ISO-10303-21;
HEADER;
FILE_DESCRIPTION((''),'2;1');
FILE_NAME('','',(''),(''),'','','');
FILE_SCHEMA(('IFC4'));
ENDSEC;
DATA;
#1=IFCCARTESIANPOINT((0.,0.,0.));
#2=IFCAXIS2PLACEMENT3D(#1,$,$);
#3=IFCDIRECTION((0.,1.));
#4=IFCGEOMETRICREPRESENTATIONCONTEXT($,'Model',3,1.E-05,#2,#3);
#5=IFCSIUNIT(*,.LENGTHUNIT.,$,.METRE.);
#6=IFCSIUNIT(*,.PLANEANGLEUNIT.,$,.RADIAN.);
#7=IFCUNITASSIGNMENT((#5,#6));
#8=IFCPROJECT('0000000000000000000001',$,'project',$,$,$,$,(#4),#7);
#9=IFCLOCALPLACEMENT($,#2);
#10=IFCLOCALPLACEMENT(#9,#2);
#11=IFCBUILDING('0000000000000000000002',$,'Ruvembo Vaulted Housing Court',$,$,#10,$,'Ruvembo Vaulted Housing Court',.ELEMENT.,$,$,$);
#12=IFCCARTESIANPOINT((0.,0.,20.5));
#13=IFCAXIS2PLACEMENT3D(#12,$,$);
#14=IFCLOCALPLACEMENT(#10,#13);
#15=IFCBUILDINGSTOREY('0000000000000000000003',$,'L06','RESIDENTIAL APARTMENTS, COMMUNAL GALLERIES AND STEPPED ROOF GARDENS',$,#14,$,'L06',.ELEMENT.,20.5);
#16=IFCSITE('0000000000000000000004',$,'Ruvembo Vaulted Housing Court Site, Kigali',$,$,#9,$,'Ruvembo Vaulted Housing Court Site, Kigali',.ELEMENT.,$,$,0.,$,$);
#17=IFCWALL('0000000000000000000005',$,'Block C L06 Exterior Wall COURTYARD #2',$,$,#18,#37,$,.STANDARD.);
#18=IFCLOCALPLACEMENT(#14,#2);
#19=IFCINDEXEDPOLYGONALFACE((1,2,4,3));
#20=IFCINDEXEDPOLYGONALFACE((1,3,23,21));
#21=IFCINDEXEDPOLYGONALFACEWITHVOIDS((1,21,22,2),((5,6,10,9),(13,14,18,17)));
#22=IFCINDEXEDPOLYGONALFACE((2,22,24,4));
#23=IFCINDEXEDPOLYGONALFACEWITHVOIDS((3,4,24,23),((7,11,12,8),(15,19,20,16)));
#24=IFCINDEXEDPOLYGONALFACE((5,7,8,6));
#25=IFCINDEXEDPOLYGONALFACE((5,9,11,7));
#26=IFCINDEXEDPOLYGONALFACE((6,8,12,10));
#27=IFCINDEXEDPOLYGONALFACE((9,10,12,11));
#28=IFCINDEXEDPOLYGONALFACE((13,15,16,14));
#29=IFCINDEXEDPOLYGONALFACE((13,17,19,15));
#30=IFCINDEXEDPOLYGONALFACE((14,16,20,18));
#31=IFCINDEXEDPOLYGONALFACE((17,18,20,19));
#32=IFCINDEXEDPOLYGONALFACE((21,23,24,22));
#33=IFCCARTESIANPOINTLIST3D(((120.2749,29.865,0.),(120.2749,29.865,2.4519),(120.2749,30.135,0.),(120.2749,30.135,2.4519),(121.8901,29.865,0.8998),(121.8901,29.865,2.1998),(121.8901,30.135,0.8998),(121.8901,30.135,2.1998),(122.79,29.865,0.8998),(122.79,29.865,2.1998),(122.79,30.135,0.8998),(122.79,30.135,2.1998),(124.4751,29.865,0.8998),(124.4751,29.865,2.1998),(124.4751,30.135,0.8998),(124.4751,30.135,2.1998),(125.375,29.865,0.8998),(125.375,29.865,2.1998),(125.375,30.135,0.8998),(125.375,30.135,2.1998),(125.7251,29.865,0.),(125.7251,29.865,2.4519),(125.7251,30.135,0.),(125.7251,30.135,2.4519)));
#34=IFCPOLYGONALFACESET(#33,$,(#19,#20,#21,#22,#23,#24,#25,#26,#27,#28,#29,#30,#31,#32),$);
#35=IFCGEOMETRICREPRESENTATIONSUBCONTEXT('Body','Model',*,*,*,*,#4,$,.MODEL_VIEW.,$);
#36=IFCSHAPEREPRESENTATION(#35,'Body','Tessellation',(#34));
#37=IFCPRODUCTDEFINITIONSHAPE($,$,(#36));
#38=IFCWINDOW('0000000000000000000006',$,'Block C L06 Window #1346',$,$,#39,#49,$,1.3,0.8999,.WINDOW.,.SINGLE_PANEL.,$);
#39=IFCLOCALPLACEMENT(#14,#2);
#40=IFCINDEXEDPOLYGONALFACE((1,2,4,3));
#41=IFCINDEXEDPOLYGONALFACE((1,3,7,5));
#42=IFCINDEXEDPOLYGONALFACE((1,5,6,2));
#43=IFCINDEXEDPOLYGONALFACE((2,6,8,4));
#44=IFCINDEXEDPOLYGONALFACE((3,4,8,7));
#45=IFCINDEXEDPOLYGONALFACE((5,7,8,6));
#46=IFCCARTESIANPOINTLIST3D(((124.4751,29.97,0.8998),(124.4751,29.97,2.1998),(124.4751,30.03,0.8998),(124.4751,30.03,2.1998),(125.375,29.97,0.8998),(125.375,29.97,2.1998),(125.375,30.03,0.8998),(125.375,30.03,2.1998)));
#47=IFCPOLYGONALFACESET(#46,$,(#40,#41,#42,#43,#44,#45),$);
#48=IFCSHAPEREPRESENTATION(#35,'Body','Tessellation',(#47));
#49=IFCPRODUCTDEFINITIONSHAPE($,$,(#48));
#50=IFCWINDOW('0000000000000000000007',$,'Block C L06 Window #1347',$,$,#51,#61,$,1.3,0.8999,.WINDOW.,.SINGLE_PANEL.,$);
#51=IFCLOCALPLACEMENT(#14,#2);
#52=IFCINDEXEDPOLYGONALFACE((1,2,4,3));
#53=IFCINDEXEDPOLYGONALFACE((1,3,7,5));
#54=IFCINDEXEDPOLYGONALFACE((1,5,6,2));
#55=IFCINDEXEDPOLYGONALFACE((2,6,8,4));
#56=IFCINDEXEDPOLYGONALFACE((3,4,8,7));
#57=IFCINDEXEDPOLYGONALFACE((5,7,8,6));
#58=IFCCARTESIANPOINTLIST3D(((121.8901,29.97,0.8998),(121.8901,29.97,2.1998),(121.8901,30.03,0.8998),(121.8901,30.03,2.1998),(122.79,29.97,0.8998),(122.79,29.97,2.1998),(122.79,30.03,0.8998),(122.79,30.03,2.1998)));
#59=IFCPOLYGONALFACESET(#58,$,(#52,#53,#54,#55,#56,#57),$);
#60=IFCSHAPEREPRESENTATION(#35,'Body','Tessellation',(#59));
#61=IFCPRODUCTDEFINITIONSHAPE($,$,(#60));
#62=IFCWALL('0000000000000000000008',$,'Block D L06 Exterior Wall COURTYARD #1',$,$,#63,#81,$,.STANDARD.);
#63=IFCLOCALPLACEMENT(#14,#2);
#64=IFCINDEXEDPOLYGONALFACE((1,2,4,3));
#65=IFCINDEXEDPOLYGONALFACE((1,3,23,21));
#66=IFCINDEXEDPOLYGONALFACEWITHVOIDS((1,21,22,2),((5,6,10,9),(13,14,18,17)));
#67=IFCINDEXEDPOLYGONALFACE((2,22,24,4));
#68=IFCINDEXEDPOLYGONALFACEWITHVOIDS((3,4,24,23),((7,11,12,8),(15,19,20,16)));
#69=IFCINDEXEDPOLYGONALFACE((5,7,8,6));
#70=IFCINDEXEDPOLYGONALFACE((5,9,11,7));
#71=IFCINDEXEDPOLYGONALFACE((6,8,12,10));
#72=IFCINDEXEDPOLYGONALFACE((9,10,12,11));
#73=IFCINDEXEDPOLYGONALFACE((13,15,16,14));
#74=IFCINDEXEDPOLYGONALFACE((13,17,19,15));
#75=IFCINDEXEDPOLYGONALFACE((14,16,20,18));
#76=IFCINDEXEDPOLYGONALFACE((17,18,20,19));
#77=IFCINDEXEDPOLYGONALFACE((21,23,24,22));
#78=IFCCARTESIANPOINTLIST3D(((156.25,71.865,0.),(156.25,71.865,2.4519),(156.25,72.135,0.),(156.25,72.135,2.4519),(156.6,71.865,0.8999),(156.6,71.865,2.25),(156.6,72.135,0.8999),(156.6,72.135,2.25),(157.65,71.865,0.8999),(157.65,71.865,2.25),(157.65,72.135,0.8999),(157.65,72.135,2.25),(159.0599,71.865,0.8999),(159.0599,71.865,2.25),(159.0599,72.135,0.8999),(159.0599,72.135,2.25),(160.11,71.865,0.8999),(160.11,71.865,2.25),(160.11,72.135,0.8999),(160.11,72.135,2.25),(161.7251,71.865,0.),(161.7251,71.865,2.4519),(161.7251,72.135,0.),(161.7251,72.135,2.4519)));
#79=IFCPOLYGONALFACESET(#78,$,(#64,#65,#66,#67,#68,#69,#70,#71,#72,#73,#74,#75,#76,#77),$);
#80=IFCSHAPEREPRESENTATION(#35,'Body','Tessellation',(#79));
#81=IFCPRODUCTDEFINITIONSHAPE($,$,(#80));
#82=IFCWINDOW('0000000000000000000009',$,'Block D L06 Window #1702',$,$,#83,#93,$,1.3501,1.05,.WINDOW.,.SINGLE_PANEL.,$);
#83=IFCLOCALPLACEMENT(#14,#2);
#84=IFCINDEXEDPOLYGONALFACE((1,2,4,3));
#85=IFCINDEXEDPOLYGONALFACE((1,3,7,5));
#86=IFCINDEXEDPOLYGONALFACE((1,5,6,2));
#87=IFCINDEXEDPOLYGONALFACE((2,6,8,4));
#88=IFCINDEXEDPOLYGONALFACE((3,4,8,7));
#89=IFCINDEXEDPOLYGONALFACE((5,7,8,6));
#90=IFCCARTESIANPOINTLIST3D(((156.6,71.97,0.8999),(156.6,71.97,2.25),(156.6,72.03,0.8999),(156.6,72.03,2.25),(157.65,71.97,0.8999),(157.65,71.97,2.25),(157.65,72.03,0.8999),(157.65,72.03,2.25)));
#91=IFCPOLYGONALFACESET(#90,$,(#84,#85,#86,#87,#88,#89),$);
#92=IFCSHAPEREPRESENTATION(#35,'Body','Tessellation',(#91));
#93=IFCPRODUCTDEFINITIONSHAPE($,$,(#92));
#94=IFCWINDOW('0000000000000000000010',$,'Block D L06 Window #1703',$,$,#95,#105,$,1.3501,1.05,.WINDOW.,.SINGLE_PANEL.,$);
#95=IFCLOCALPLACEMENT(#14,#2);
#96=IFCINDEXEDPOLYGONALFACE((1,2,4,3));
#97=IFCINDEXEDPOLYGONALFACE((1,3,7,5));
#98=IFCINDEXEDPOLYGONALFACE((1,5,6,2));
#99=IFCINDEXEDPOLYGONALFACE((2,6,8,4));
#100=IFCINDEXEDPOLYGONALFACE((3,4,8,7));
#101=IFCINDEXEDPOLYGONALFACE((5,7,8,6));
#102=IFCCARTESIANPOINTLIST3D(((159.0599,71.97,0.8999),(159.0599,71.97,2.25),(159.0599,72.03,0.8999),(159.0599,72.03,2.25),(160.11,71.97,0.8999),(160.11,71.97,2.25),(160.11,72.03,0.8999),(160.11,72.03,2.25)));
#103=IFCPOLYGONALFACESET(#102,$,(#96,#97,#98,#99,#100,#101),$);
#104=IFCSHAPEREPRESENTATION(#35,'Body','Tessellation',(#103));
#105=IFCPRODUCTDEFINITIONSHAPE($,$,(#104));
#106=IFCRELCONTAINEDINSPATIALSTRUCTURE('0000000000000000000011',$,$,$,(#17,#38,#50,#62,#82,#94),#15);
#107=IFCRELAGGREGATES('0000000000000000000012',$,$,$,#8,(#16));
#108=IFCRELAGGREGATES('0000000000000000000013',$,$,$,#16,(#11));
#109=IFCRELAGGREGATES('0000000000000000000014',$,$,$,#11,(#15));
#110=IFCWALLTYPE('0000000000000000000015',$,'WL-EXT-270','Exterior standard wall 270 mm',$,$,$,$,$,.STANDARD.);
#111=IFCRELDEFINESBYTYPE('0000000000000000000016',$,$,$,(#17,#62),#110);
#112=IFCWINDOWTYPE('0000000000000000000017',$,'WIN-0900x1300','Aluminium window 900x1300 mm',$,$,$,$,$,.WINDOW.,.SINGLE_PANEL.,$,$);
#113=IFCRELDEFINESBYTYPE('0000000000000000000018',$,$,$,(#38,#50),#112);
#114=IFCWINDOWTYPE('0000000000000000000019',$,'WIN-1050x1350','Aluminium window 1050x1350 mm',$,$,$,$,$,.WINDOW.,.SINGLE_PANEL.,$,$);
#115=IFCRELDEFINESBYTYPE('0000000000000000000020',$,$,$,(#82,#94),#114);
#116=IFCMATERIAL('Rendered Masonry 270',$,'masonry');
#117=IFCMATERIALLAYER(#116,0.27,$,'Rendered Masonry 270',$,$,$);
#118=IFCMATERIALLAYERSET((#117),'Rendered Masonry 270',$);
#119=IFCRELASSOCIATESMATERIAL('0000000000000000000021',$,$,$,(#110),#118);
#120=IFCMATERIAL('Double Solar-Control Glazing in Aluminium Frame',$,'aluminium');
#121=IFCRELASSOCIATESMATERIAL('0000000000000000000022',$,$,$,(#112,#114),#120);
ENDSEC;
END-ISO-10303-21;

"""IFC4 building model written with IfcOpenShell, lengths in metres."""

from ifc_helpers import new_model, si_unit, direction, frame, frame_2d, origin, place, context, subcontext, project, spatial, rectangle, extrude, material, layer, layer_set, type_object, element, fill, save


model = new_model("IFC4")

# Units and contexts
model_context = context("Model", 3, precision=1e-05, world=origin(), true_north=direction((0.0, 1.0)))
body_context = subcontext(model_context, "Body", "Model", "MODEL_VIEW")
ifc_project = project(units=[si_unit("LENGTHUNIT", "METRE"), si_unit("PLANEANGLEUNIT", "RADIAN")], contexts=[model_context])

# Site, building, storey
site_placement = place(None, origin())
site = spatial("IfcSite", under=ifc_project, at=site_placement, Name="Ruvembo Vaulted Housing Court Site, Kigali", LongName="Ruvembo Vaulted Housing Court Site, Kigali", CompositionType="ELEMENT", RefElevation=0.0)
building_placement = place(site_placement, origin())
building = spatial("IfcBuilding", under=site, at=building_placement, Name="Ruvembo Vaulted Housing Court", LongName="Ruvembo Vaulted Housing Court", CompositionType="ELEMENT")
storey_placement = place(building_placement, frame((0.0, 0.0, 20.5)))
storey = spatial("IfcBuildingStorey", under=building, at=storey_placement, Name="L06", Description="RESIDENTIAL APARTMENTS, COMMUNAL GALLERIES AND STEPPED ROOF GARDENS", LongName="L06", CompositionType="ELEMENT", Elevation=20.5)

# Walls, openings, windows
ifc_material_1 = material(Name="Rendered Masonry 270", Category="masonry")
ifc_layer_1 = layer(ifc_material_1, 0.27, Name="Rendered Masonry 270")
ifc_layer_set_1 = layer_set([ifc_layer_1], Name="Rendered Masonry 270")
wall_type_1 = type_object("IfcWallType", Name="WL-EXT-270", Description="Exterior standard wall 270 mm", PredefinedType="STANDARD", material=ifc_layer_set_1)
ifc_material_2 = material(Name="Double Solar-Control Glazing in Aluminium Frame", Category="aluminium")
wall_1_placement = place(storey_placement, frame((125.7251, 30.0, 0.0), z_axis=(0.0, 0.0, 1.0), x_axis=(-1.0, 0.0, 0.0)))
wall_1 = element("IfcWall", 1, at=wall_1_placement, inside=storey, type_object=wall_type_1, Name="Block C L06 Exterior Wall COURTYARD #2", PredefinedType="STANDARD", context=body_context, shape_type="SweptSolid", body=[
    extrude(rectangle(XDim=5.4502, YDim=0.27, at=frame_2d((2.7251, 0.0))), origin(), (0.0, 0.0, 1.0), 2.4519),
])
opening_1_placement = place(wall_1_placement, frame((0.3501, 0.0, 0.8999)))
opening_1 = element("IfcOpeningElement", 2, at=opening_1_placement, cuts=wall_1, PredefinedType="OPENING", context=body_context, shape_type="SweptSolid", body=[
    extrude(rectangle(XDim=0.8999, YDim=1.3, at=frame_2d((0.45, 0.6499))), frame((0.0, 0.145, 0.0), z_axis=(0.0, -1.0, 0.0), x_axis=(1.0, 0.0, 0.0)), (0.0, 0.0, 1.0), 0.29),
])
opening_2_placement = place(wall_1_placement, frame((2.9351, 0.0, 0.8999)))
opening_2 = element("IfcOpeningElement", 3, at=opening_2_placement, cuts=wall_1, PredefinedType="OPENING", context=body_context, shape_type="SweptSolid", body=[
    extrude(rectangle(XDim=0.8999, YDim=1.3, at=frame_2d((0.45, 0.6499))), frame((0.0, 0.145, 0.0), z_axis=(0.0, -1.0, 0.0), x_axis=(1.0, 0.0, 0.0)), (0.0, 0.0, 1.0), 0.29),
])
window_type_1 = type_object("IfcWindowType", Name="WIN-0900x1300", Description="Aluminium window 900x1300 mm", PartitioningType="SINGLE_PANEL", PredefinedType="WINDOW", material=ifc_material_2)
window_1_placement = place(opening_1_placement, origin())
window_1 = element("IfcWindow", 4, at=window_1_placement, inside=storey, type_object=window_type_1, Name="Block C L06 Window #1346", OverallHeight=1.3, OverallWidth=0.8999, PartitioningType="SINGLE_PANEL", PredefinedType="WINDOW", context=body_context, shape_type="SweptSolid", body=[
    extrude(rectangle(XDim=0.8999, YDim=1.3, at=frame_2d((0.45, 0.6499))), frame((0.0, 0.03, 0.0), z_axis=(0.0, -1.0, 0.0), x_axis=(1.0, 0.0, 0.0)), (0.0, 0.0, 1.0), 0.0601),
])
fill(opening_1, window_1)
window_2_placement = place(opening_2_placement, origin())
window_2 = element("IfcWindow", 5, at=window_2_placement, inside=storey, type_object=window_type_1, Name="Block C L06 Window #1347", OverallHeight=1.3, OverallWidth=0.8999, PartitioningType="SINGLE_PANEL", PredefinedType="WINDOW", context=body_context, shape_type="SweptSolid", body=[
    extrude(rectangle(XDim=0.8999, YDim=1.3, at=frame_2d((0.45, 0.6499))), frame((0.0, 0.03, 0.0), z_axis=(0.0, -1.0, 0.0), x_axis=(1.0, 0.0, 0.0)), (0.0, 0.0, 1.0), 0.0601),
])
fill(opening_2, window_2)
wall_2_placement = place(storey_placement, frame((156.25, 72.0, 0.0), z_axis=(0.0, 0.0, 1.0), x_axis=(1.0, 0.0, 0.0)))
wall_2 = element("IfcWall", 6, at=wall_2_placement, inside=storey, type_object=wall_type_1, Name="Block D L06 Exterior Wall COURTYARD #1", PredefinedType="STANDARD", context=body_context, shape_type="SweptSolid", body=[
    extrude(rectangle(XDim=5.4751, YDim=0.27, at=frame_2d((2.7375, 0.0))), origin(), (0.0, 0.0, 1.0), 2.4519),
])
opening_3_placement = place(wall_2_placement, frame((0.3501, 0.0, 0.8999)))
opening_3 = element("IfcOpeningElement", 7, at=opening_3_placement, cuts=wall_2, PredefinedType="OPENING", context=body_context, shape_type="SweptSolid", body=[
    extrude(rectangle(XDim=1.05, YDim=1.3501, at=frame_2d((0.5249, 0.675))), frame((0.0, 0.145, 0.0), z_axis=(0.0, -1.0, 0.0), x_axis=(1.0, 0.0, 0.0)), (0.0, 0.0, 1.0), 0.29),
])
opening_4_placement = place(wall_2_placement, frame((2.8101, 0.0, 0.8999)))
opening_4 = element("IfcOpeningElement", 8, at=opening_4_placement, cuts=wall_2, PredefinedType="OPENING", context=body_context, shape_type="SweptSolid", body=[
    extrude(rectangle(XDim=1.05, YDim=1.3501, at=frame_2d((0.5249, 0.675))), frame((0.0, 0.145, 0.0), z_axis=(0.0, -1.0, 0.0), x_axis=(1.0, 0.0, 0.0)), (0.0, 0.0, 1.0), 0.29),
])
window_type_2 = type_object("IfcWindowType", Name="WIN-1050x1350", Description="Aluminium window 1050x1350 mm", PartitioningType="SINGLE_PANEL", PredefinedType="WINDOW", material=ifc_material_2)
window_3_placement = place(opening_3_placement, origin())
window_3 = element("IfcWindow", 9, at=window_3_placement, inside=storey, type_object=window_type_2, Name="Block D L06 Window #1702", OverallHeight=1.3501, OverallWidth=1.05, PartitioningType="SINGLE_PANEL", PredefinedType="WINDOW", context=body_context, shape_type="SweptSolid", body=[
    extrude(rectangle(XDim=1.05, YDim=1.3501, at=frame_2d((0.5249, 0.675))), frame((0.0, 0.03, 0.0), z_axis=(0.0, -1.0, 0.0), x_axis=(1.0, 0.0, 0.0)), (0.0, 0.0, 1.0), 0.0601),
])
fill(opening_3, window_3)
window_4_placement = place(opening_4_placement, origin())
window_4 = element("IfcWindow", 10, at=window_4_placement, inside=storey, type_object=window_type_2, Name="Block D L06 Window #1703", OverallHeight=1.3501, OverallWidth=1.05, PartitioningType="SINGLE_PANEL", PredefinedType="WINDOW", context=body_context, shape_type="SweptSolid", body=[
    extrude(rectangle(XDim=1.05, YDim=1.3501, at=frame_2d((0.5249, 0.675))), frame((0.0, 0.03, 0.0), z_axis=(0.0, -1.0, 0.0), x_axis=(1.0, 0.0, 0.0)), (0.0, 0.0, 1.0), 0.0601),
])
fill(opening_4, window_4)

save(model, "model.ifc")
